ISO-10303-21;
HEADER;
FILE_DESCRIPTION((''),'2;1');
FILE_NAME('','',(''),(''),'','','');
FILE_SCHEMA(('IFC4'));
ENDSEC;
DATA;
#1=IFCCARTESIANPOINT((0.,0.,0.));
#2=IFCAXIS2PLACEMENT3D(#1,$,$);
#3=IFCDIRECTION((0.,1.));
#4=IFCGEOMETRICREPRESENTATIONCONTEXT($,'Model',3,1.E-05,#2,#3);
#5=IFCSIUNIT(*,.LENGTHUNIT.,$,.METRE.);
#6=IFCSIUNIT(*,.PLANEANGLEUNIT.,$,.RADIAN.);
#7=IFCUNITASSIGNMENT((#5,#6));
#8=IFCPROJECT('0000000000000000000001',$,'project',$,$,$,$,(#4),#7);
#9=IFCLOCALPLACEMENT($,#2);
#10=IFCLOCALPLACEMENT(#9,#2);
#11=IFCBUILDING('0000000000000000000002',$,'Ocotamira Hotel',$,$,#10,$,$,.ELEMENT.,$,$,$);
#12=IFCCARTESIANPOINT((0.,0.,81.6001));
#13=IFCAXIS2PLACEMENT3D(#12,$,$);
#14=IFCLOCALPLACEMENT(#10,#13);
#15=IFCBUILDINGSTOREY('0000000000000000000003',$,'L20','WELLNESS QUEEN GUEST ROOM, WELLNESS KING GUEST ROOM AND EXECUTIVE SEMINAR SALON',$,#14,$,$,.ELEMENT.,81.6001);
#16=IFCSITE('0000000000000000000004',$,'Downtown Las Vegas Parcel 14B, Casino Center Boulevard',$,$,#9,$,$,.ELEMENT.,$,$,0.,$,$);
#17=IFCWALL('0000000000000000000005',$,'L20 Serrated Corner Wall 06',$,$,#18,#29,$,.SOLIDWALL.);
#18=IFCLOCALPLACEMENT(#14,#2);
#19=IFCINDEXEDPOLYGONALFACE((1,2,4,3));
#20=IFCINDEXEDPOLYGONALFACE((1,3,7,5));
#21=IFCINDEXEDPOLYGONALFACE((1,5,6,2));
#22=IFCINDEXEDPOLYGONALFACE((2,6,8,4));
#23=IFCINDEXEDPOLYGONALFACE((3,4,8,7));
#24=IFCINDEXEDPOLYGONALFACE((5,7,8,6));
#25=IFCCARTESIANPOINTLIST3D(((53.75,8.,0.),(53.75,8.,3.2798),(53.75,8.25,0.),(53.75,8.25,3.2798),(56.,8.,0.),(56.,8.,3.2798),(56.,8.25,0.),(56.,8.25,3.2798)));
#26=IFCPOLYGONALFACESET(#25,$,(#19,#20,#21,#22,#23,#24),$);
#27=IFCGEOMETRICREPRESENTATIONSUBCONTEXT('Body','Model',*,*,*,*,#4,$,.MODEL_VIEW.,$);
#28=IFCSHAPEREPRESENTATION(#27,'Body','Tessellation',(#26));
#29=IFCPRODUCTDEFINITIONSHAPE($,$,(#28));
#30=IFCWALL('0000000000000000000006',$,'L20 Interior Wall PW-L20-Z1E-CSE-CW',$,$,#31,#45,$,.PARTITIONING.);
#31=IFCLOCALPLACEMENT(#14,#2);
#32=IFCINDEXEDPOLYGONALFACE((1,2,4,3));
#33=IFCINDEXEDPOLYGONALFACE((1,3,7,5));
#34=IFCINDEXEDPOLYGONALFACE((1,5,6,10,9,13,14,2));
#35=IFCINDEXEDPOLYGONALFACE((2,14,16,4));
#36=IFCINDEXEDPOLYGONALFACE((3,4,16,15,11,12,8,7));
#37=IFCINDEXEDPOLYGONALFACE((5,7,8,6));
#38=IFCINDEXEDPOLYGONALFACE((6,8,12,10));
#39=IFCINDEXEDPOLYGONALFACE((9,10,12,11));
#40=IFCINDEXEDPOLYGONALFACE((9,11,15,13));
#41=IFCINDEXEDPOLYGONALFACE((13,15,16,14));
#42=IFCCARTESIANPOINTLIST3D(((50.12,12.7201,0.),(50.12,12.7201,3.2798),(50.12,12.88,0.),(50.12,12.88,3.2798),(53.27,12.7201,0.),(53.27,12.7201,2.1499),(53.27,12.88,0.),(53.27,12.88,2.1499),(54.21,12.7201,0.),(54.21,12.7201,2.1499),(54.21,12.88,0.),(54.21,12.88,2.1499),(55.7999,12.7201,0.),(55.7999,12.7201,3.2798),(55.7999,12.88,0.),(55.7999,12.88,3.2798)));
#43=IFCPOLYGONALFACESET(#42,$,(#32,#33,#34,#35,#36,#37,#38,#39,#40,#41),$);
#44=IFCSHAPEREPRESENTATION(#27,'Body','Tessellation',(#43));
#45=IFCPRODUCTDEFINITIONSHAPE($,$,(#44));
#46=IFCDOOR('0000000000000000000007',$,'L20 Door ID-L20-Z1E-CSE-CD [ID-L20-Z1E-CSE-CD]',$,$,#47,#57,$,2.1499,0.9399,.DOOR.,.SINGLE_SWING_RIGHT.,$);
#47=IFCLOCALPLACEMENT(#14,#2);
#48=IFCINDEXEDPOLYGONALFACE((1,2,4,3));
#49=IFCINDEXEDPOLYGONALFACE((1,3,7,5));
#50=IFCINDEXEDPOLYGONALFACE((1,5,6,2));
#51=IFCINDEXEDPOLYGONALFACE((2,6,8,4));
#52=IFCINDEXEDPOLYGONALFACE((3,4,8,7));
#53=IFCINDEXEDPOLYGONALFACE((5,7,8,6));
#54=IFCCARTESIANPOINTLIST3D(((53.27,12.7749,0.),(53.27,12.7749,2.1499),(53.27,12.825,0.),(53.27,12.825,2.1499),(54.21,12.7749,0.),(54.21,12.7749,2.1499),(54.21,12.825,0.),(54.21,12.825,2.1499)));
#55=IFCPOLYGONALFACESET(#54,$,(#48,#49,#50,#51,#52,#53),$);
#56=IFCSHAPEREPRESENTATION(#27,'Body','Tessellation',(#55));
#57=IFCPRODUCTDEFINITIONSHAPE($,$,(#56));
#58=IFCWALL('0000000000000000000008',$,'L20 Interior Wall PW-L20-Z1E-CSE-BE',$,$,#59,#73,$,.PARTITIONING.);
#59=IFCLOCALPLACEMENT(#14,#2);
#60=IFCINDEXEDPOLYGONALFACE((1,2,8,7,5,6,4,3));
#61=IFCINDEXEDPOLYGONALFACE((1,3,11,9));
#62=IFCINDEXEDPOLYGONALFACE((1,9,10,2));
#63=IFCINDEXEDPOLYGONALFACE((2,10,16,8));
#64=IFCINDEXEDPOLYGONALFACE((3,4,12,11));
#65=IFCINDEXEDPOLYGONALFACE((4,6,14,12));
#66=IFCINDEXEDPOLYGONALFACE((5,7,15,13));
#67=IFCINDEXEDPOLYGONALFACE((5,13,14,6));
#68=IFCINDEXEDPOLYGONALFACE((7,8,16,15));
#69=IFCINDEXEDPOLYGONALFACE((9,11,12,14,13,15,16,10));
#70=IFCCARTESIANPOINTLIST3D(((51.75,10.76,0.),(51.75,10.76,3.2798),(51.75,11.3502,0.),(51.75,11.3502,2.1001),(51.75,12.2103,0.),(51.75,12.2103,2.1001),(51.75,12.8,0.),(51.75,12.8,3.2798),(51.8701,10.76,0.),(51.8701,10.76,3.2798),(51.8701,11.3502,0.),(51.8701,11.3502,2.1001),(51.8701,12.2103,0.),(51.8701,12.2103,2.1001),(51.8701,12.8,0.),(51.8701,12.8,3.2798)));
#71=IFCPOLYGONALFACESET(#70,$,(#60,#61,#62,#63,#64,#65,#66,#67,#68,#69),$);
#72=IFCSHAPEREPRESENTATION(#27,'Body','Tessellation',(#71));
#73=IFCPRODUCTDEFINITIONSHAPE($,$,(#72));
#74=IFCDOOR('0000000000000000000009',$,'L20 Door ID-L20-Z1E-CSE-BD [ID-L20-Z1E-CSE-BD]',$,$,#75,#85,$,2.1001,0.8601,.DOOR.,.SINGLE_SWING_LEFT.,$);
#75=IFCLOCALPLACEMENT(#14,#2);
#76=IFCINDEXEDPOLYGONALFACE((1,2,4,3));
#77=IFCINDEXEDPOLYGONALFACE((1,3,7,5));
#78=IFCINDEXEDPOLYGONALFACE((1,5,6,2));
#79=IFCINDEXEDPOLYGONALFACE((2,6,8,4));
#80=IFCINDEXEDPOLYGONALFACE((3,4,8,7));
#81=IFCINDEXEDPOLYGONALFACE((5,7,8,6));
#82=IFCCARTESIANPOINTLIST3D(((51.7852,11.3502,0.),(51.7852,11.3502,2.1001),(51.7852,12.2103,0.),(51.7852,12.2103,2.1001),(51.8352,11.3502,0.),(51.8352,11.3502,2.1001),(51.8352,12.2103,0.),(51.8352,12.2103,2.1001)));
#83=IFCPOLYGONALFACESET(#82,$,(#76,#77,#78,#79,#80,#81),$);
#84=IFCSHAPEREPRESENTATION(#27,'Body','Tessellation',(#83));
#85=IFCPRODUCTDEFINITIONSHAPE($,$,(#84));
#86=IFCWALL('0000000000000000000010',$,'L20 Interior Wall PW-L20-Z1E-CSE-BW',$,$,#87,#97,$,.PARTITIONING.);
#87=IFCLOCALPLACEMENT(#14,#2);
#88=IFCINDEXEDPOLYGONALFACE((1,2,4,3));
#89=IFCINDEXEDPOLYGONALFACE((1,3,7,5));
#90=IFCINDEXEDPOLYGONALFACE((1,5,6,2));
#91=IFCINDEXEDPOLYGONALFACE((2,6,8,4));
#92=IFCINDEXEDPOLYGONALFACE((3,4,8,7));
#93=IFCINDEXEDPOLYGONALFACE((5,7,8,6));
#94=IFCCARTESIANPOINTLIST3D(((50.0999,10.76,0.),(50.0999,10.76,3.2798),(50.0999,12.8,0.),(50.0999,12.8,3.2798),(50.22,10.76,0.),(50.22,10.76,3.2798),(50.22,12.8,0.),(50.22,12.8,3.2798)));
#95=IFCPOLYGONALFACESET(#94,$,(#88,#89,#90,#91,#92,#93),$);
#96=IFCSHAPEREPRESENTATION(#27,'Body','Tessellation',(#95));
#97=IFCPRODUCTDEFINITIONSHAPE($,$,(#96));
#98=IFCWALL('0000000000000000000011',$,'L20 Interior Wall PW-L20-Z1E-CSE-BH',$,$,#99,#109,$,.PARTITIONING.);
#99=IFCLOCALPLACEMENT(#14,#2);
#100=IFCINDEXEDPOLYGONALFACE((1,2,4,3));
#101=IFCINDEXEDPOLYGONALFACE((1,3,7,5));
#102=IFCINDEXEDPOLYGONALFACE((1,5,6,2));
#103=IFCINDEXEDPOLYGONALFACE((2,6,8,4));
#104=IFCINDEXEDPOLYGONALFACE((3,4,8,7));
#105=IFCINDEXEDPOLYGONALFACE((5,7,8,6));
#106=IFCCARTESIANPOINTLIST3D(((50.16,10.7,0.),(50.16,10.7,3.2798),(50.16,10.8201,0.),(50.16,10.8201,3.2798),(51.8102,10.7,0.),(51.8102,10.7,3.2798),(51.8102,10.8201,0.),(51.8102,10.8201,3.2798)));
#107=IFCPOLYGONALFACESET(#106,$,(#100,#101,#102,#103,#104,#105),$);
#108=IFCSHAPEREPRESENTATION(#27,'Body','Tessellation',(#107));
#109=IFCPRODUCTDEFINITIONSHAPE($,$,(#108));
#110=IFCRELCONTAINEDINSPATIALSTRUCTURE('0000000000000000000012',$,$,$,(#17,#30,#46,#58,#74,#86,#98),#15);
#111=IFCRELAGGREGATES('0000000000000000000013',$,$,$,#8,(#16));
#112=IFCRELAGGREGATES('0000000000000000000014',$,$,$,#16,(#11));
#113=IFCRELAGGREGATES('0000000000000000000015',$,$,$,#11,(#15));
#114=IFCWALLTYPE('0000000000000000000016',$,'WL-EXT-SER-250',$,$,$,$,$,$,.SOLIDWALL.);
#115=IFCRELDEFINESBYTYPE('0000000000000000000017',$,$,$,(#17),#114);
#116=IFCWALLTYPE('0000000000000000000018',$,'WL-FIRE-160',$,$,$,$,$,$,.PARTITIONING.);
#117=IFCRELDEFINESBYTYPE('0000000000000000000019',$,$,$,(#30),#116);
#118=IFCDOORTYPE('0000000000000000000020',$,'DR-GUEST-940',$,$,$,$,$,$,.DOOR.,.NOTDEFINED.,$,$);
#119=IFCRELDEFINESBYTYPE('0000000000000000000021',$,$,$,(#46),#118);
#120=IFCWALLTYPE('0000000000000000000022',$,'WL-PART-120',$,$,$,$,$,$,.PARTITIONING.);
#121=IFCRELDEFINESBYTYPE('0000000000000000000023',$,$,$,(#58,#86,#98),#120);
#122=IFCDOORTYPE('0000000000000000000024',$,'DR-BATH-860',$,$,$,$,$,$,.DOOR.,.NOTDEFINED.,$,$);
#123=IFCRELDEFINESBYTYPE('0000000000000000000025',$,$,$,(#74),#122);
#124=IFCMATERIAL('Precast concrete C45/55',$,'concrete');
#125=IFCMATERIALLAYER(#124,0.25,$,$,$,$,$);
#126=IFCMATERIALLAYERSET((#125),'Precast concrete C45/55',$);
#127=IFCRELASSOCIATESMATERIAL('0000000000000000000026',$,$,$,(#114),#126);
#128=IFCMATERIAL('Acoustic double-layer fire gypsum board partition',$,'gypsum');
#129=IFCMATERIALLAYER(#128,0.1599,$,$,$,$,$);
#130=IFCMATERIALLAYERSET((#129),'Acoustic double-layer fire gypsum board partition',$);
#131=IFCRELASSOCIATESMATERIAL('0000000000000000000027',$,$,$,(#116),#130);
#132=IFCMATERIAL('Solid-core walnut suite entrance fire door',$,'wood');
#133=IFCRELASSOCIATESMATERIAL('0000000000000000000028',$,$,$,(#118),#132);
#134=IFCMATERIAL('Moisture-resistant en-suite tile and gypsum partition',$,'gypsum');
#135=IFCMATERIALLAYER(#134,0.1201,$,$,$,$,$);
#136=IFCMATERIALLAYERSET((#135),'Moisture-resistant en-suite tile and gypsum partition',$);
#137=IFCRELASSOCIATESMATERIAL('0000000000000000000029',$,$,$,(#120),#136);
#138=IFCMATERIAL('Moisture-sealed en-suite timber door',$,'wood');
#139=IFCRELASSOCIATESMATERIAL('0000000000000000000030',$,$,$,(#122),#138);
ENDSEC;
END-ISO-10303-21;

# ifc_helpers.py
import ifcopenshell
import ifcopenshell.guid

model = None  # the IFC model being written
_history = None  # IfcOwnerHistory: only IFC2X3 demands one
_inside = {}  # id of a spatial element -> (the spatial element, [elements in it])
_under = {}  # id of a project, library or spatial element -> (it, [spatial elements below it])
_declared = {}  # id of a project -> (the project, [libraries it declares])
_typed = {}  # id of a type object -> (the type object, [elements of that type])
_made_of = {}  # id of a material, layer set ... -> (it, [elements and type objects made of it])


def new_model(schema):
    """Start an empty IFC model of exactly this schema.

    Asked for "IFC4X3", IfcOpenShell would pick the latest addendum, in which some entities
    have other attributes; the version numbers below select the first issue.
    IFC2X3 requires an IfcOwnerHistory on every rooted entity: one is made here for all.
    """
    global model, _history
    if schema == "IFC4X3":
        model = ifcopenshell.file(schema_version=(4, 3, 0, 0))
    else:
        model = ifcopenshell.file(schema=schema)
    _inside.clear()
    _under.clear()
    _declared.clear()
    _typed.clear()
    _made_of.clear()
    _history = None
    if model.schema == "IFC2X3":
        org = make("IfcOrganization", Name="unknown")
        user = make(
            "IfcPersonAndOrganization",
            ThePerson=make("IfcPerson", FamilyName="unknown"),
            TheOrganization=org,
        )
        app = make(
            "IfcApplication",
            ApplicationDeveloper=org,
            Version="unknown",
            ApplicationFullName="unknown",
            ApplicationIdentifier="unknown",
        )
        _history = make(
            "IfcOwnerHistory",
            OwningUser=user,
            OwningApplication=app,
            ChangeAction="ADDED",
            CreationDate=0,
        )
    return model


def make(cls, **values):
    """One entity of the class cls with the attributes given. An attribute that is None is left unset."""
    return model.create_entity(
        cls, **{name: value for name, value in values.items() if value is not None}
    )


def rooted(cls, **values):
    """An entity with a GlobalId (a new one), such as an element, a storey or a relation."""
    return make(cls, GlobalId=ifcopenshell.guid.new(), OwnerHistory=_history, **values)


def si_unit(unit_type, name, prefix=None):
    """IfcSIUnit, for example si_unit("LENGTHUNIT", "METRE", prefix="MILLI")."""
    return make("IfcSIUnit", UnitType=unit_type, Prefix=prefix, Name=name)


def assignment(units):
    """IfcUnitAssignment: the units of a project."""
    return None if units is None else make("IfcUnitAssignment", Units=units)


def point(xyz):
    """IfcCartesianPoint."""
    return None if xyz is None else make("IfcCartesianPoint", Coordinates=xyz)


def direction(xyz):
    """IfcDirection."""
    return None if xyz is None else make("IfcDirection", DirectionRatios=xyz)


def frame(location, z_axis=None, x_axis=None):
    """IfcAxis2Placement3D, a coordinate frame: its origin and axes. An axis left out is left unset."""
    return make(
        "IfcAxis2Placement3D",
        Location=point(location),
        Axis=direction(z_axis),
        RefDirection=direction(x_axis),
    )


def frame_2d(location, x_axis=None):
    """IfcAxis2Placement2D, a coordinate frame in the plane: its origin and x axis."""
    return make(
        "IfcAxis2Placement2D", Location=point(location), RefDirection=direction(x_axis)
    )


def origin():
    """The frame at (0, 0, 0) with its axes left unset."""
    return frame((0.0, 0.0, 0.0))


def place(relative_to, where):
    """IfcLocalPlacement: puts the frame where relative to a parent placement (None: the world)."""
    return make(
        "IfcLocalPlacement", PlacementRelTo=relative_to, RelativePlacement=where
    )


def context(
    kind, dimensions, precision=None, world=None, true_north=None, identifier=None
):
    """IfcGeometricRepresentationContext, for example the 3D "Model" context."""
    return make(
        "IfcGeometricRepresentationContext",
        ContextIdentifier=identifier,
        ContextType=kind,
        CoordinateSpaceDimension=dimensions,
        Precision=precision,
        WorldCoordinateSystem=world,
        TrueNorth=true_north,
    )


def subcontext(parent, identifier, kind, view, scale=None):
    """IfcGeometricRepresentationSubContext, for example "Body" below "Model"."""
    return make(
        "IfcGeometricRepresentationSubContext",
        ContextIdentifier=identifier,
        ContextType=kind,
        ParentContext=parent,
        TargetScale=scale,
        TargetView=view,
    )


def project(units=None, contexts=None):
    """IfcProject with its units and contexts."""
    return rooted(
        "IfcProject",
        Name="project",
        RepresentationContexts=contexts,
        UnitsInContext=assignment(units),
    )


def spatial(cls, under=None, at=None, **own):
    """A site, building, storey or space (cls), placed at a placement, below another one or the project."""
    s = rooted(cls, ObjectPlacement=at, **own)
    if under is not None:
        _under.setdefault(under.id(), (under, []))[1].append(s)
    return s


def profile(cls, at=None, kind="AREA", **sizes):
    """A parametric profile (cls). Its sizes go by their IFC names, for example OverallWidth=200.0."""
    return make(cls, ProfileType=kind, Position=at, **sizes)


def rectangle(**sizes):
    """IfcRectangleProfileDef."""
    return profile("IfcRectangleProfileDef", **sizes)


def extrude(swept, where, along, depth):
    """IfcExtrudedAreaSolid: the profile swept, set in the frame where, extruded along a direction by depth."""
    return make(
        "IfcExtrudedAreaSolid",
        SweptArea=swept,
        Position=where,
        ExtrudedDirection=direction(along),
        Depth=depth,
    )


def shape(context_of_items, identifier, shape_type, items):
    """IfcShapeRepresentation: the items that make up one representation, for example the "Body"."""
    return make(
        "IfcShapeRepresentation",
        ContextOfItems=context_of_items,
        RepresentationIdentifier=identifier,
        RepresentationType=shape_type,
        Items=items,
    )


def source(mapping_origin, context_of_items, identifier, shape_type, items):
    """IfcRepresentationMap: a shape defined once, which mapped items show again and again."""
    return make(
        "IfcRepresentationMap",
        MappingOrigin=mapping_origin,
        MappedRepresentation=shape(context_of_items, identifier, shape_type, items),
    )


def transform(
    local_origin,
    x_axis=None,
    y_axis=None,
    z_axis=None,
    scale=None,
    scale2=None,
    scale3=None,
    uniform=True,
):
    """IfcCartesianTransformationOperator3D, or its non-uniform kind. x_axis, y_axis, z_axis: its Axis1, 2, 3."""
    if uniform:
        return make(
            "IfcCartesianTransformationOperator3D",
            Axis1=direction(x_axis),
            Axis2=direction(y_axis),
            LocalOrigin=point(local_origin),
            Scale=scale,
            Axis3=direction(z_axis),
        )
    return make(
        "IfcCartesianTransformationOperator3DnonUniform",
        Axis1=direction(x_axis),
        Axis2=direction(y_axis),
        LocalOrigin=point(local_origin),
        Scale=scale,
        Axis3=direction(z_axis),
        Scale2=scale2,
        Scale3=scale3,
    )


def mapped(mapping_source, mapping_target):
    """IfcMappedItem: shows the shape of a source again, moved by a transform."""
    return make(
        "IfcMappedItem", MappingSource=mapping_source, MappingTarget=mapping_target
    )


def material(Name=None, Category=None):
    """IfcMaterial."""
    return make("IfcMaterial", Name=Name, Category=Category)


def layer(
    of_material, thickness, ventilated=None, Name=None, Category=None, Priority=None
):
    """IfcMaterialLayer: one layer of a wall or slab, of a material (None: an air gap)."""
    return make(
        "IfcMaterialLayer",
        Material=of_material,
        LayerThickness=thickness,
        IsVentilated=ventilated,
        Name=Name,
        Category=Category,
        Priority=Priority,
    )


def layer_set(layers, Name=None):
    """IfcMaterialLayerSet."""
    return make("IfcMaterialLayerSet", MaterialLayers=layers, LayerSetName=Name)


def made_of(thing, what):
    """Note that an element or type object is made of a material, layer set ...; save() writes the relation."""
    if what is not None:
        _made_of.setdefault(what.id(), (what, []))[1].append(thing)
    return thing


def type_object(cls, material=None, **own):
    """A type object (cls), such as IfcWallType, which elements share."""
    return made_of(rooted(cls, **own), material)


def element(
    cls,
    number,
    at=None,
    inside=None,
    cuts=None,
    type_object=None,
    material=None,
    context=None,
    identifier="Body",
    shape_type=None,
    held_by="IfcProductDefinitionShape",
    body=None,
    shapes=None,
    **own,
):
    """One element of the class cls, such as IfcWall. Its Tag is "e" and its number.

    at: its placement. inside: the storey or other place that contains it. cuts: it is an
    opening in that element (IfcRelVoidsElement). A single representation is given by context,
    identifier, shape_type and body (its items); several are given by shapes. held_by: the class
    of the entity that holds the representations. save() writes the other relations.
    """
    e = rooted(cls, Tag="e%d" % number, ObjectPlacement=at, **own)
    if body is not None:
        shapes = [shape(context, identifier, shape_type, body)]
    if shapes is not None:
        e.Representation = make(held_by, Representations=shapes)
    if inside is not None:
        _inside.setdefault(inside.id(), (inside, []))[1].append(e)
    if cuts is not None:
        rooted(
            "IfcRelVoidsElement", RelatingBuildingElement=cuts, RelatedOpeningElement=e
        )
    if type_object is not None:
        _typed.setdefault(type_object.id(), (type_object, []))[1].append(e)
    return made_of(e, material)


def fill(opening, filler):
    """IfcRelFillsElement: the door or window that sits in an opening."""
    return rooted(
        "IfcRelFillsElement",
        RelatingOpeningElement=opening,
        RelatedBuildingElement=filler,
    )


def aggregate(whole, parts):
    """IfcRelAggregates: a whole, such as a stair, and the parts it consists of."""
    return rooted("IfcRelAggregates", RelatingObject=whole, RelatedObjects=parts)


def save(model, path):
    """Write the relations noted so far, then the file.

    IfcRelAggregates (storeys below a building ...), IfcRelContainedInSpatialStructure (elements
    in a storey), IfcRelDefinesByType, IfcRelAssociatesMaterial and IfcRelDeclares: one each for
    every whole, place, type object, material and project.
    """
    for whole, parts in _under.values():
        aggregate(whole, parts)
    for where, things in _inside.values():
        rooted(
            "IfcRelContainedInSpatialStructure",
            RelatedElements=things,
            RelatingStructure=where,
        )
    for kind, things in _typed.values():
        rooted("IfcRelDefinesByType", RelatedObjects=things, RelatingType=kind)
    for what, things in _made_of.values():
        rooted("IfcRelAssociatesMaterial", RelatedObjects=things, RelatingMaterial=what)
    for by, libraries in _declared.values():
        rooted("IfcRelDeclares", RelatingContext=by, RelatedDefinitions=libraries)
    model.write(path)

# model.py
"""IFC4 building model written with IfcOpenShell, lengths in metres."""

from ifc_helpers import new_model, si_unit, direction, frame, frame_2d, origin, place, context, subcontext, project, spatial, rectangle, extrude, source, transform, mapped, material, layer, layer_set, type_object, element, fill, save


model = new_model("IFC4")

# Units and contexts
model_context = context("Model", 3, precision=1e-05, world=origin(), true_north=direction((0.0, 1.0)))
body_context = subcontext(model_context, "Body", "Model", "MODEL_VIEW")
ifc_project = project(units=[si_unit("LENGTHUNIT", "METRE"), si_unit("PLANEANGLEUNIT", "RADIAN")], contexts=[model_context])

# Site, building, storey
site_placement = place(None, origin())
site = spatial("IfcSite", under=ifc_project, at=site_placement, Name="Downtown Las Vegas Parcel 14B, Casino Center Boulevard", CompositionType="ELEMENT", RefElevation=0.0)
building_placement = place(site_placement, origin())
building = spatial("IfcBuilding", under=site, at=building_placement, Name="Ocotamira Hotel", CompositionType="ELEMENT")
storey_placement = place(building_placement, frame((0.0, 0.0, 81.6001)))
storey = spatial("IfcBuildingStorey", under=building, at=storey_placement, Name="L20", Description="WELLNESS QUEEN GUEST ROOM, WELLNESS KING GUEST ROOM AND EXECUTIVE SEMINAR SALON", CompositionType="ELEMENT", Elevation=81.6001)

# Wall
ifc_material_1 = material(Name="Precast concrete C45/55", Category="concrete")
ifc_layer_1 = layer(ifc_material_1, 0.25)
ifc_layer_set_1 = layer_set([ifc_layer_1], Name="Precast concrete C45/55")
wall_type_1 = type_object("IfcWallType", Name="WL-EXT-SER-250", PredefinedType="SOLIDWALL", material=ifc_layer_set_1)
wall_1_placement = place(storey_placement, frame((53.75, 8.125, 0.0), z_axis=(0.0, 0.0, 1.0), x_axis=(1.0, 0.0, 0.0)))
element("IfcWall", 1, at=wall_1_placement, inside=storey, type_object=wall_type_1, Name="L20 Serrated Corner Wall 06", PredefinedType="SOLIDWALL", context=body_context, shape_type="SweptSolid", body=[
    extrude(rectangle(XDim=2.25, YDim=0.25, at=frame_2d((1.125, 0.0))), origin(), (0.0, 0.0, 1.0), 3.2798),
])

# Walls, openings, doors
ifc_material_2 = material(Name="Acoustic double-layer fire gypsum board partition", Category="gypsum")
ifc_layer_2 = layer(ifc_material_2, 0.1599)
ifc_layer_set_2 = layer_set([ifc_layer_2], Name="Acoustic double-layer fire gypsum board partition")
wall_type_2 = type_object("IfcWallType", Name="WL-FIRE-160", PredefinedType="PARTITIONING", material=ifc_layer_set_2)
wall_2_placement = place(storey_placement, frame((50.1201, 12.8, 0.0), z_axis=(0.0, 0.0, 1.0), x_axis=(1.0, 0.0, 0.0)))
wall_2 = element("IfcWall", 2, at=wall_2_placement, inside=storey, type_object=wall_type_2, Name="L20 Interior Wall PW-L20-Z1E-CSE-CW", PredefinedType="PARTITIONING", context=body_context, shape_type="SweptSolid", body=[
    extrude(rectangle(XDim=5.6799, YDim=0.1599, at=frame_2d((2.8398, 0.0))), origin(), (0.0, 0.0, 1.0), 3.2798),
])
opening_1_placement = place(wall_2_placement, frame((3.1499, 0.0, 0.0)))
opening_1 = element("IfcOpeningElement", 3, at=opening_1_placement, cuts=wall_2, PredefinedType="OPENING", context=body_context, shape_type="SweptSolid", body=[
    extrude(rectangle(XDim=0.9399, YDim=2.1499, at=frame_2d((0.47, 1.075))), frame((0.0, 0.0898, 0.0), z_axis=(0.0, -1.0, 0.0), x_axis=(1.0, 0.0, 0.0)), (0.0, 0.0, 1.0), 0.1799),
])
ifc_material_3 = material(Name="Solid-core walnut suite entrance fire door", Category="wood")
door_type_1 = type_object("IfcDoorType", Name="DR-GUEST-940", OperationType="NOTDEFINED", PredefinedType="DOOR", material=ifc_material_3)
shared_shape_1 = source(origin(), body_context, "Body", "SweptSolid", [
    extrude(rectangle(XDim=0.9399, YDim=2.1499, at=frame_2d((0.47, 1.075))), frame((0.0, 0.0249, 0.0), z_axis=(0.0, -1.0, 0.0), x_axis=(1.0, 0.0, 0.0)), (0.0, 0.0, 1.0), 0.05),
])
door_1_placement = place(opening_1_placement, origin())
door_1 = element("IfcDoor", 4, at=door_1_placement, inside=storey, type_object=door_type_1, Name="L20 Door ID-L20-Z1E-CSE-CD [ID-L20-Z1E-CSE-CD]", OperationType="SINGLE_SWING_RIGHT", OverallHeight=2.1499, OverallWidth=0.9399, PredefinedType="DOOR", context=body_context, shape_type="MappedRepresentation", body=[
    mapped(shared_shape_1, transform((0.0, 0.0, 0.0), scale=1.0)),
])
fill(opening_1, door_1)
ifc_material_4 = material(Name="Moisture-resistant en-suite tile and gypsum partition", Category="gypsum")
ifc_layer_3 = layer(ifc_material_4, 0.1201)
ifc_layer_set_3 = layer_set([ifc_layer_3], Name="Moisture-resistant en-suite tile and gypsum partition")
wall_type_3 = type_object("IfcWallType", Name="WL-PART-120", PredefinedType="PARTITIONING", material=ifc_layer_set_3)
wall_3_placement = place(storey_placement, frame((51.8101, 10.76, 0.0), z_axis=(0.0, 0.0, 1.0), x_axis=(0.0, 1.0, 0.0)))
wall_3 = element("IfcWall", 5, at=wall_3_placement, inside=storey, type_object=wall_type_3, Name="L20 Interior Wall PW-L20-Z1E-CSE-BE", PredefinedType="PARTITIONING", context=body_context, shape_type="SweptSolid", body=[
    extrude(rectangle(XDim=2.04, YDim=0.1201, at=frame_2d((1.02, 0.0))), origin(), (0.0, 0.0, 1.0), 3.2798),
])
opening_2_placement = place(wall_3_placement, frame((0.5901, 0.0, 0.0)))
opening_2 = element("IfcOpeningElement", 6, at=opening_2_placement, cuts=wall_3, PredefinedType="OPENING", context=body_context, shape_type="SweptSolid", body=[
    extrude(rectangle(XDim=0.8601, YDim=2.1001, at=frame_2d((0.4302, 1.05))), frame((0.0, 0.0701, 0.0), z_axis=(0.0, -1.0, 0.0), x_axis=(1.0, 0.0, 0.0)), (0.0, 0.0, 1.0), 0.1401),
])
ifc_material_5 = material(Name="Moisture-sealed en-suite timber door", Category="wood")
door_type_2 = type_object("IfcDoorType", Name="DR-BATH-860", OperationType="NOTDEFINED", PredefinedType="DOOR", material=ifc_material_5)
shared_shape_2 = source(origin(), body_context, "Body", "SweptSolid", [
    extrude(rectangle(XDim=0.8601, YDim=2.1001, at=frame_2d((0.4302, 1.05))), frame((0.0, 0.0249, 0.0), z_axis=(0.0, -1.0, 0.0), x_axis=(1.0, 0.0, 0.0)), (0.0, 0.0, 1.0), 0.05),
])
door_2_placement = place(opening_2_placement, origin())
door_2 = element("IfcDoor", 7, at=door_2_placement, inside=storey, type_object=door_type_2, Name="L20 Door ID-L20-Z1E-CSE-BD [ID-L20-Z1E-CSE-BD]", OperationType="SINGLE_SWING_LEFT", OverallHeight=2.1001, OverallWidth=0.8601, PredefinedType="DOOR", context=body_context, shape_type="MappedRepresentation", body=[
    mapped(shared_shape_2, transform((0.0, 0.0, 0.0), scale=1.0)),
])
fill(opening_2, door_2)

# Walls
wall_4_placement = place(storey_placement, frame((50.1599, 10.76, 0.0), z_axis=(0.0, 0.0, 1.0), x_axis=(0.0, 1.0, 0.0)))
element("IfcWall", 8, at=wall_4_placement, inside=storey, type_object=wall_type_3, Name="L20 Interior Wall PW-L20-Z1E-CSE-BW", PredefinedType="PARTITIONING", context=body_context, shape_type="SweptSolid", body=[
    extrude(rectangle(XDim=2.04, YDim=0.1201, at=frame_2d((1.02, 0.0))), origin(), (0.0, 0.0, 1.0), 3.2798),
])
wall_5_placement = place(storey_placement, frame((50.1599, 10.76, 0.0), z_axis=(0.0, 0.0, 1.0), x_axis=(1.0, 0.0, 0.0)))
element("IfcWall", 9, at=wall_5_placement, inside=storey, type_object=wall_type_3, Name="L20 Interior Wall PW-L20-Z1E-CSE-BH", PredefinedType="PARTITIONING", context=body_context, shape_type="SweptSolid", body=[
    extrude(rectangle(XDim=1.6501, YDim=0.1201, at=frame_2d((0.8252, 0.0))), origin(), (0.0, 0.0, 1.0), 3.2798),
])

save(model, "model.ifc")
